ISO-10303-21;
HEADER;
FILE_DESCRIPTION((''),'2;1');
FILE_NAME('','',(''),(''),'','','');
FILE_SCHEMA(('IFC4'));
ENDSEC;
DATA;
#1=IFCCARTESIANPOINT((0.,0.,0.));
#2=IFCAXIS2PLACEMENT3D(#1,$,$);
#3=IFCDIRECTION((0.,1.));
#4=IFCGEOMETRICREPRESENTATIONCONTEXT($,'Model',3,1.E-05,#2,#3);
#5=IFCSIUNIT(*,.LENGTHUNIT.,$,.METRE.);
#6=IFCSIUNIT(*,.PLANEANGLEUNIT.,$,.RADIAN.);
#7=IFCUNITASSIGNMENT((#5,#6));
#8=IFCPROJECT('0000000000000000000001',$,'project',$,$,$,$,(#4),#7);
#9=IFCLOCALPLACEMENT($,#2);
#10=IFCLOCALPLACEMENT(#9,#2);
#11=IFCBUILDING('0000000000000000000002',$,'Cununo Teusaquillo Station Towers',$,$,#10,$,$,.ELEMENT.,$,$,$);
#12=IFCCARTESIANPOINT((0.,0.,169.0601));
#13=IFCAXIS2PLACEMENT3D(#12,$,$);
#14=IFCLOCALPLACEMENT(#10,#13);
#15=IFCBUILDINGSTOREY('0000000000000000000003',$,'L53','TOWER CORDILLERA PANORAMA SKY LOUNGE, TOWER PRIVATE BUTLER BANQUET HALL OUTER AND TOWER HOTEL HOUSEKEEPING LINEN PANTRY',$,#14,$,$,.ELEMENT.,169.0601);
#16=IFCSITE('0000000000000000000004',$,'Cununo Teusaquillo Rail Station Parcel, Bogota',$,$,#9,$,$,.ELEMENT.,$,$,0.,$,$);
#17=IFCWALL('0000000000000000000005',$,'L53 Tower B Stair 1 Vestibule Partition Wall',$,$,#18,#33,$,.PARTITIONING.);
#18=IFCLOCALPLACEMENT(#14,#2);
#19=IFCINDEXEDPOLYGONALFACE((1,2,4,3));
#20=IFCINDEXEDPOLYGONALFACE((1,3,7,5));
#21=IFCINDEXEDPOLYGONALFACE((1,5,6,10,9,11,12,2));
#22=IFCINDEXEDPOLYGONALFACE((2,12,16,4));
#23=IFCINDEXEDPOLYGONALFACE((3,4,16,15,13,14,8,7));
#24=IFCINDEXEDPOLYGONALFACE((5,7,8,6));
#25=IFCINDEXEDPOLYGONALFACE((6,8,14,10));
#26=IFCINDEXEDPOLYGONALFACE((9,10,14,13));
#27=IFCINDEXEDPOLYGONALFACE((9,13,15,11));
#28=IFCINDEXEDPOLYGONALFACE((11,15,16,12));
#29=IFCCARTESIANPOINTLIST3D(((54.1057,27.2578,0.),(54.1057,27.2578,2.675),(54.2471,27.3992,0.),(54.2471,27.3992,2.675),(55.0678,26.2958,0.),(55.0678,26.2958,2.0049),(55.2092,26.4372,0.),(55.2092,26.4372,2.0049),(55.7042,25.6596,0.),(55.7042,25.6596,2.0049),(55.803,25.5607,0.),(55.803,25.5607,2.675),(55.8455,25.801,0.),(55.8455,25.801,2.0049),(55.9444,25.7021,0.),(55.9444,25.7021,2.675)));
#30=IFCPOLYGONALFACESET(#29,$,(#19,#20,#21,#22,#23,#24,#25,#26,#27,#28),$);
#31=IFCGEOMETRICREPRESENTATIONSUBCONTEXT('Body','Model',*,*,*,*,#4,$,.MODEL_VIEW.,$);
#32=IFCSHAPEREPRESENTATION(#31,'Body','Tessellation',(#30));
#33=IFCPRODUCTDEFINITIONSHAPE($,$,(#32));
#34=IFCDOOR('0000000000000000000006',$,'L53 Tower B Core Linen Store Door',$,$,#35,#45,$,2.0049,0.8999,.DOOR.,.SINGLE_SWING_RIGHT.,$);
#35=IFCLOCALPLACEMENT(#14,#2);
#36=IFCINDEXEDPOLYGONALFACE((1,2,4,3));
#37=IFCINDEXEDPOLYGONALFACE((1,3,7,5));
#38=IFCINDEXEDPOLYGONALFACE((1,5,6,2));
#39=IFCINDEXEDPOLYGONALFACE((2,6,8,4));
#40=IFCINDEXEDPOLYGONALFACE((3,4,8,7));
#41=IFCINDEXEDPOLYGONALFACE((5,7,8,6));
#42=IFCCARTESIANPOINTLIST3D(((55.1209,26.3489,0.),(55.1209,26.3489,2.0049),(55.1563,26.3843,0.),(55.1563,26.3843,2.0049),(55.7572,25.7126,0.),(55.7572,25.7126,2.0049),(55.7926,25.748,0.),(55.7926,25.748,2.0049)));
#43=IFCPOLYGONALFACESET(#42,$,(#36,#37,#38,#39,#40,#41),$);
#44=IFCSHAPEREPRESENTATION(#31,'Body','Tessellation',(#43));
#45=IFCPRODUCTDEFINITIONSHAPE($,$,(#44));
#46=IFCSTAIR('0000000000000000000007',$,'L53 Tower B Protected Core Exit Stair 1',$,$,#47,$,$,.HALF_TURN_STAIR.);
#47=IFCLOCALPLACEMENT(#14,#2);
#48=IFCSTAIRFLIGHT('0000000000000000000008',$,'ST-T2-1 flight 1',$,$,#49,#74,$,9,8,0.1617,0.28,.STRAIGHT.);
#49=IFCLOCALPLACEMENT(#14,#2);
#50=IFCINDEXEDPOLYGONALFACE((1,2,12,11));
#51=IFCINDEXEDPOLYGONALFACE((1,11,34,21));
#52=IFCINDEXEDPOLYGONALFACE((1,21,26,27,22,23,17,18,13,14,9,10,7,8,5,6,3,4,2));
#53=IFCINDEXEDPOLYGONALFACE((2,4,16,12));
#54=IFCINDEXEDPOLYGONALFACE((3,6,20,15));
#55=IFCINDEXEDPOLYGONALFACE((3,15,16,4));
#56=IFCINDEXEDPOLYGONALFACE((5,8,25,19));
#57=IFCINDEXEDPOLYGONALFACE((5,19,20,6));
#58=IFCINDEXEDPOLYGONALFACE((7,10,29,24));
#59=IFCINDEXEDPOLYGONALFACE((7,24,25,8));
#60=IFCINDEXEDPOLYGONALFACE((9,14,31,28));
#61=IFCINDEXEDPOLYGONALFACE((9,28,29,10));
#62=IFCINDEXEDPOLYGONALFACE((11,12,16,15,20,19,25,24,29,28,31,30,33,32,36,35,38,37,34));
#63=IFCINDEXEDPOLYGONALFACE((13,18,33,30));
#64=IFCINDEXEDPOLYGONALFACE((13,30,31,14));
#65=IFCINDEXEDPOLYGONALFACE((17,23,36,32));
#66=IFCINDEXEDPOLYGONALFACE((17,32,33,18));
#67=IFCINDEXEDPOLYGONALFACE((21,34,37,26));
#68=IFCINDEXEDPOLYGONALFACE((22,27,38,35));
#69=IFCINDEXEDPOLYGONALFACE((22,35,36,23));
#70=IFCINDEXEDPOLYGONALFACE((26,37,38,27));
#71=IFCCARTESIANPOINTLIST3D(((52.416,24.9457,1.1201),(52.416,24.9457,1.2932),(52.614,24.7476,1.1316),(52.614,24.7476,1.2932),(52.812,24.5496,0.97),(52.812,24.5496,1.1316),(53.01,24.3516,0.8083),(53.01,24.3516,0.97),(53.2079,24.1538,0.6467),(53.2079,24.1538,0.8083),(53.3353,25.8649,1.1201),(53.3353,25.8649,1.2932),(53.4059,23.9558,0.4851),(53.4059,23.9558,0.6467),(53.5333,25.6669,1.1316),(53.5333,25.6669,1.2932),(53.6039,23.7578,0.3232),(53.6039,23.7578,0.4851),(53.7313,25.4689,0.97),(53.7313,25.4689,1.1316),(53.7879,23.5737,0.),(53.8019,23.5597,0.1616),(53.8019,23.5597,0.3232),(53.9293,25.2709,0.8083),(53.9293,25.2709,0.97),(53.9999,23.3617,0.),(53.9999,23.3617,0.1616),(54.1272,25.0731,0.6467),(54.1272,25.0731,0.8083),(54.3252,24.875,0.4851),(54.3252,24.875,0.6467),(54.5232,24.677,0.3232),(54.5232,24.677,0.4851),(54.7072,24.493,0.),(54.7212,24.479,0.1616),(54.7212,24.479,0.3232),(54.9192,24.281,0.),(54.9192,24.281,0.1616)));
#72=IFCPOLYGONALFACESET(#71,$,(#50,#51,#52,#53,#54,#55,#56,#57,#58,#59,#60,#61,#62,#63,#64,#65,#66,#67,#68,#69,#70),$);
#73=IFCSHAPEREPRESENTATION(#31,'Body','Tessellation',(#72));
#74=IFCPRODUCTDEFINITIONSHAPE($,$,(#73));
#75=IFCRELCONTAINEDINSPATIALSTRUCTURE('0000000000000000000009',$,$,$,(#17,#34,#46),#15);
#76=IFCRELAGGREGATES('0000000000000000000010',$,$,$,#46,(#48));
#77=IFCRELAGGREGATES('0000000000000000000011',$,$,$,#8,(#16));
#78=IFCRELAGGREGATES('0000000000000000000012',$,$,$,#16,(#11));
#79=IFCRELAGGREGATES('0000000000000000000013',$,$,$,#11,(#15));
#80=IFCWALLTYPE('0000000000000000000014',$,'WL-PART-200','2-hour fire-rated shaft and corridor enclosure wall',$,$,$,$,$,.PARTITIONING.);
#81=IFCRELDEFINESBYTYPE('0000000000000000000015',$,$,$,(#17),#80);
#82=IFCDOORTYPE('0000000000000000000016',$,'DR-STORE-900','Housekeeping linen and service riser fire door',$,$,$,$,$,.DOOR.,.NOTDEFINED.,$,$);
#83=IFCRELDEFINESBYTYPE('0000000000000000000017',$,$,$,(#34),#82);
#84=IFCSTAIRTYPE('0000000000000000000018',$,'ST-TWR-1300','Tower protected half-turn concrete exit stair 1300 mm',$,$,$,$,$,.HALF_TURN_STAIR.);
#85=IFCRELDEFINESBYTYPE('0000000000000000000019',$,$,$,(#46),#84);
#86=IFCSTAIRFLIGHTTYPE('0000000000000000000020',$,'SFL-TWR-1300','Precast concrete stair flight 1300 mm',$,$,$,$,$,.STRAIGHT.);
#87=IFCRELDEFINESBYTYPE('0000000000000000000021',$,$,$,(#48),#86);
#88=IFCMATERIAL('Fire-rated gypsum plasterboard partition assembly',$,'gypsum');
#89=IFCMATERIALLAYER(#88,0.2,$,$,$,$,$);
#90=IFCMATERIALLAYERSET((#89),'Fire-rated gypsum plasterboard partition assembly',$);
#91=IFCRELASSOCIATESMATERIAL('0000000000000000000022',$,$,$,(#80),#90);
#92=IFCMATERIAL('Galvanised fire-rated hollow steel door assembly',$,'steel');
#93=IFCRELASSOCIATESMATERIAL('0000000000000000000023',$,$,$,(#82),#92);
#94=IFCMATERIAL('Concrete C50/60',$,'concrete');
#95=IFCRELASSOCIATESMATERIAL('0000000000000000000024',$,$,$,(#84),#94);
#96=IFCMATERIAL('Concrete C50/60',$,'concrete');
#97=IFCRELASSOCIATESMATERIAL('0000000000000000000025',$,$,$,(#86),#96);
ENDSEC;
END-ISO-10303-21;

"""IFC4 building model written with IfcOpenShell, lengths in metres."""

from ifc_helpers import new_model, si_unit, direction, frame, frame_2d, origin, place, context, subcontext, project, spatial, polyline, rectangle, outline, extrude, source, transform, mapped, material, layer, layer_set, type_object, element, fill, aggregate, save


model = new_model("IFC4")

# Units and contexts
model_context = context("Model", 3, precision=1e-05, world=origin(), true_north=direction((0.0, 1.0)))
body_context = subcontext(model_context, "Body", "Model", "MODEL_VIEW")
ifc_project = project(units=[si_unit("LENGTHUNIT", "METRE"), si_unit("PLANEANGLEUNIT", "RADIAN")], contexts=[model_context])

# Site, building, storey
site_placement = place(None, origin())
site = spatial("IfcSite", under=ifc_project, at=site_placement, Name="Cununo Teusaquillo Rail Station Parcel, Bogota", CompositionType="ELEMENT", RefElevation=0.0)
building_placement = place(site_placement, origin())
building = spatial("IfcBuilding", under=site, at=building_placement, Name="Cununo Teusaquillo Station Towers", CompositionType="ELEMENT")
storey_placement = place(building_placement, frame((0.0, 0.0, 169.0601)))
storey = spatial("IfcBuildingStorey", under=building, at=storey_placement, Name="L53", Description="TOWER CORDILLERA PANORAMA SKY LOUNGE, TOWER PRIVATE BUTLER BANQUET HALL OUTER AND TOWER HOTEL HOUSEKEEPING LINEN PANTRY", CompositionType="ELEMENT", Elevation=169.0601)

# Wall, opening, door
ifc_material_1 = material(Name="Fire-rated gypsum plasterboard partition assembly", Category="gypsum")
ifc_layer_1 = layer(ifc_material_1, 0.2)
ifc_layer_set_1 = layer_set([ifc_layer_1], Name="Fire-rated gypsum plasterboard partition assembly")
wall_type_1 = type_object("IfcWallType", Name="WL-PART-200", Description="2-hour fire-rated shaft and corridor enclosure wall", PredefinedType="PARTITIONING", material=ifc_layer_set_1)
shared_shape_1 = source(origin(), body_context, "Body", "SweptSolid", [
    extrude(rectangle(XDim=0.8999, YDim=2.0049, at=frame_2d((0.45, 1.0024))), frame((0.0, 0.1099, 0.0), z_axis=(0.0, -1.0, 0.0), x_axis=(1.0, 0.0, 0.0)), (0.0, 0.0, 1.0), 0.22),
])
ifc_material_2 = material(Name="Galvanised fire-rated hollow steel door assembly", Category="steel")
door_type = type_object("IfcDoorType", Name="DR-STORE-900", Description="Housekeeping linen and service riser fire door", OperationType="NOTDEFINED", PredefinedType="DOOR", material=ifc_material_2)
shared_shape_2 = source(origin(), body_context, "Body", "SweptSolid", [
    extrude(rectangle(XDim=0.8999, YDim=2.0049, at=frame_2d((0.45, 1.0024))), frame((0.0, 0.0249, 0.0), z_axis=(0.0, -1.0, 0.0), x_axis=(1.0, 0.0, 0.0)), (0.0, 0.0, 1.0), 0.05),
])
wall_1_placement = place(storey_placement, frame((55.8738, 25.6313, 0.0), z_axis=(0.0, 0.0, 1.0), x_axis=(-0.707158, 0.707056, 0.0)))
wall_1 = element("IfcWall", 1, at=wall_1_placement, inside=storey, type_object=wall_type_1, Name="L53 Tower B Stair 1 Vestibule Partition Wall", PredefinedType="PARTITIONING", context=body_context, shape_type="SweptSolid", body=[
    extrude(rectangle(XDim=2.4001, YDim=0.2, at=frame_2d((1.2002, 0.0))), origin(), (0.0, 0.0, 1.0), 2.675),
])
opening_1_placement = place(wall_1_placement, frame((0.1399, 0.0, 0.0)))
opening_1 = element("IfcOpeningElement", 2, at=opening_1_placement, cuts=wall_1, PredefinedType="OPENING", context=body_context, shape_type="MappedRepresentation", body=[
    mapped(shared_shape_1, transform((0.0, 0.0, 0.0), x_axis=(1.0, 0.0, 0.0), y_axis=(0.0, 1.0, 0.0), z_axis=(0.0, 0.0, 1.0), scale=1.0)),
])
door_1_placement = place(opening_1_placement, origin())
door_1 = element("IfcDoor", 3, at=door_1_placement, inside=storey, type_object=door_type, Name="L53 Tower B Core Linen Store Door", OperationType="SINGLE_SWING_RIGHT", OverallHeight=2.0049, OverallWidth=0.8999, PredefinedType="DOOR", context=body_context, shape_type="MappedRepresentation", body=[
    mapped(shared_shape_2, transform((0.0, 0.0, 0.0), x_axis=(1.0, 0.0, 0.0), y_axis=(0.0, 1.0, 0.0), z_axis=(0.0, 0.0, 1.0), scale=1.0)),
])
fill(opening_1, door_1)

# Stair, stair flight
ifc_material_3 = material(Name="Concrete C50/60", Category="concrete")
stair_type = type_object("IfcStairType", Name="ST-TWR-1300", Description="Tower protected half-turn concrete exit stair 1300 mm", PredefinedType="HALF_TURN_STAIR", material=ifc_material_3)
stair_placement = place(storey_placement, origin())
stair = element("IfcStair", 4, at=stair_placement, inside=storey, type_object=stair_type, Name="L53 Tower B Protected Core Exit Stair 1", PredefinedType="HALF_TURN_STAIR")
ifc_material_4 = material(Name="Concrete C50/60", Category="concrete")
stair_flight_type = type_object("IfcStairFlightType", Name="SFL-TWR-1300", Description="Precast concrete stair flight 1300 mm", PredefinedType="STRAIGHT", material=ifc_material_4)
stair_flight_placement = place(storey_placement, frame((54.4595, 23.8213, 0.0), z_axis=(0.0, 0.0, 1.0), x_axis=(-0.707107, 0.707107, 0.0)))
stair_flight = element("IfcStairFlight", 5, at=stair_flight_placement, type_object=stair_flight_type, Name="ST-T2-1 flight 1", NumberOfRisers=9, NumberOfTreads=8, PredefinedType="STRAIGHT", RiserHeight=0.1617, TreadLength=0.28, context=body_context, shape_type="SweptSolid", body=[
    extrude(outline(polyline([(0.0, 0.0), (0.0, 0.1616), (0.28, 0.1616), (0.28, 0.3232), (0.5601, 0.3232), (0.5601, 0.4851), (0.8401, 0.4851), (0.8401, 0.6467), (1.1201, 0.6467), (1.1201, 0.8083), (1.3999, 0.8083), (1.3999, 0.97), (1.6799, 0.97), (1.6799, 1.1316), (1.96, 1.1316), (1.96, 1.2932), (2.24, 1.2932), (2.24, 1.4551), (2.24, 1.1201), (0.2998, 0.0), (0.0, 0.0)])), frame((0.0, 0.6499, 0.0), z_axis=(0.0, -1.0, 0.0), x_axis=(1.0, 0.0, 0.0)), (0.0, 0.0, 1.0), 1.3),
])
aggregate(stair, [stair_flight])

save(model, "model.ifc")
